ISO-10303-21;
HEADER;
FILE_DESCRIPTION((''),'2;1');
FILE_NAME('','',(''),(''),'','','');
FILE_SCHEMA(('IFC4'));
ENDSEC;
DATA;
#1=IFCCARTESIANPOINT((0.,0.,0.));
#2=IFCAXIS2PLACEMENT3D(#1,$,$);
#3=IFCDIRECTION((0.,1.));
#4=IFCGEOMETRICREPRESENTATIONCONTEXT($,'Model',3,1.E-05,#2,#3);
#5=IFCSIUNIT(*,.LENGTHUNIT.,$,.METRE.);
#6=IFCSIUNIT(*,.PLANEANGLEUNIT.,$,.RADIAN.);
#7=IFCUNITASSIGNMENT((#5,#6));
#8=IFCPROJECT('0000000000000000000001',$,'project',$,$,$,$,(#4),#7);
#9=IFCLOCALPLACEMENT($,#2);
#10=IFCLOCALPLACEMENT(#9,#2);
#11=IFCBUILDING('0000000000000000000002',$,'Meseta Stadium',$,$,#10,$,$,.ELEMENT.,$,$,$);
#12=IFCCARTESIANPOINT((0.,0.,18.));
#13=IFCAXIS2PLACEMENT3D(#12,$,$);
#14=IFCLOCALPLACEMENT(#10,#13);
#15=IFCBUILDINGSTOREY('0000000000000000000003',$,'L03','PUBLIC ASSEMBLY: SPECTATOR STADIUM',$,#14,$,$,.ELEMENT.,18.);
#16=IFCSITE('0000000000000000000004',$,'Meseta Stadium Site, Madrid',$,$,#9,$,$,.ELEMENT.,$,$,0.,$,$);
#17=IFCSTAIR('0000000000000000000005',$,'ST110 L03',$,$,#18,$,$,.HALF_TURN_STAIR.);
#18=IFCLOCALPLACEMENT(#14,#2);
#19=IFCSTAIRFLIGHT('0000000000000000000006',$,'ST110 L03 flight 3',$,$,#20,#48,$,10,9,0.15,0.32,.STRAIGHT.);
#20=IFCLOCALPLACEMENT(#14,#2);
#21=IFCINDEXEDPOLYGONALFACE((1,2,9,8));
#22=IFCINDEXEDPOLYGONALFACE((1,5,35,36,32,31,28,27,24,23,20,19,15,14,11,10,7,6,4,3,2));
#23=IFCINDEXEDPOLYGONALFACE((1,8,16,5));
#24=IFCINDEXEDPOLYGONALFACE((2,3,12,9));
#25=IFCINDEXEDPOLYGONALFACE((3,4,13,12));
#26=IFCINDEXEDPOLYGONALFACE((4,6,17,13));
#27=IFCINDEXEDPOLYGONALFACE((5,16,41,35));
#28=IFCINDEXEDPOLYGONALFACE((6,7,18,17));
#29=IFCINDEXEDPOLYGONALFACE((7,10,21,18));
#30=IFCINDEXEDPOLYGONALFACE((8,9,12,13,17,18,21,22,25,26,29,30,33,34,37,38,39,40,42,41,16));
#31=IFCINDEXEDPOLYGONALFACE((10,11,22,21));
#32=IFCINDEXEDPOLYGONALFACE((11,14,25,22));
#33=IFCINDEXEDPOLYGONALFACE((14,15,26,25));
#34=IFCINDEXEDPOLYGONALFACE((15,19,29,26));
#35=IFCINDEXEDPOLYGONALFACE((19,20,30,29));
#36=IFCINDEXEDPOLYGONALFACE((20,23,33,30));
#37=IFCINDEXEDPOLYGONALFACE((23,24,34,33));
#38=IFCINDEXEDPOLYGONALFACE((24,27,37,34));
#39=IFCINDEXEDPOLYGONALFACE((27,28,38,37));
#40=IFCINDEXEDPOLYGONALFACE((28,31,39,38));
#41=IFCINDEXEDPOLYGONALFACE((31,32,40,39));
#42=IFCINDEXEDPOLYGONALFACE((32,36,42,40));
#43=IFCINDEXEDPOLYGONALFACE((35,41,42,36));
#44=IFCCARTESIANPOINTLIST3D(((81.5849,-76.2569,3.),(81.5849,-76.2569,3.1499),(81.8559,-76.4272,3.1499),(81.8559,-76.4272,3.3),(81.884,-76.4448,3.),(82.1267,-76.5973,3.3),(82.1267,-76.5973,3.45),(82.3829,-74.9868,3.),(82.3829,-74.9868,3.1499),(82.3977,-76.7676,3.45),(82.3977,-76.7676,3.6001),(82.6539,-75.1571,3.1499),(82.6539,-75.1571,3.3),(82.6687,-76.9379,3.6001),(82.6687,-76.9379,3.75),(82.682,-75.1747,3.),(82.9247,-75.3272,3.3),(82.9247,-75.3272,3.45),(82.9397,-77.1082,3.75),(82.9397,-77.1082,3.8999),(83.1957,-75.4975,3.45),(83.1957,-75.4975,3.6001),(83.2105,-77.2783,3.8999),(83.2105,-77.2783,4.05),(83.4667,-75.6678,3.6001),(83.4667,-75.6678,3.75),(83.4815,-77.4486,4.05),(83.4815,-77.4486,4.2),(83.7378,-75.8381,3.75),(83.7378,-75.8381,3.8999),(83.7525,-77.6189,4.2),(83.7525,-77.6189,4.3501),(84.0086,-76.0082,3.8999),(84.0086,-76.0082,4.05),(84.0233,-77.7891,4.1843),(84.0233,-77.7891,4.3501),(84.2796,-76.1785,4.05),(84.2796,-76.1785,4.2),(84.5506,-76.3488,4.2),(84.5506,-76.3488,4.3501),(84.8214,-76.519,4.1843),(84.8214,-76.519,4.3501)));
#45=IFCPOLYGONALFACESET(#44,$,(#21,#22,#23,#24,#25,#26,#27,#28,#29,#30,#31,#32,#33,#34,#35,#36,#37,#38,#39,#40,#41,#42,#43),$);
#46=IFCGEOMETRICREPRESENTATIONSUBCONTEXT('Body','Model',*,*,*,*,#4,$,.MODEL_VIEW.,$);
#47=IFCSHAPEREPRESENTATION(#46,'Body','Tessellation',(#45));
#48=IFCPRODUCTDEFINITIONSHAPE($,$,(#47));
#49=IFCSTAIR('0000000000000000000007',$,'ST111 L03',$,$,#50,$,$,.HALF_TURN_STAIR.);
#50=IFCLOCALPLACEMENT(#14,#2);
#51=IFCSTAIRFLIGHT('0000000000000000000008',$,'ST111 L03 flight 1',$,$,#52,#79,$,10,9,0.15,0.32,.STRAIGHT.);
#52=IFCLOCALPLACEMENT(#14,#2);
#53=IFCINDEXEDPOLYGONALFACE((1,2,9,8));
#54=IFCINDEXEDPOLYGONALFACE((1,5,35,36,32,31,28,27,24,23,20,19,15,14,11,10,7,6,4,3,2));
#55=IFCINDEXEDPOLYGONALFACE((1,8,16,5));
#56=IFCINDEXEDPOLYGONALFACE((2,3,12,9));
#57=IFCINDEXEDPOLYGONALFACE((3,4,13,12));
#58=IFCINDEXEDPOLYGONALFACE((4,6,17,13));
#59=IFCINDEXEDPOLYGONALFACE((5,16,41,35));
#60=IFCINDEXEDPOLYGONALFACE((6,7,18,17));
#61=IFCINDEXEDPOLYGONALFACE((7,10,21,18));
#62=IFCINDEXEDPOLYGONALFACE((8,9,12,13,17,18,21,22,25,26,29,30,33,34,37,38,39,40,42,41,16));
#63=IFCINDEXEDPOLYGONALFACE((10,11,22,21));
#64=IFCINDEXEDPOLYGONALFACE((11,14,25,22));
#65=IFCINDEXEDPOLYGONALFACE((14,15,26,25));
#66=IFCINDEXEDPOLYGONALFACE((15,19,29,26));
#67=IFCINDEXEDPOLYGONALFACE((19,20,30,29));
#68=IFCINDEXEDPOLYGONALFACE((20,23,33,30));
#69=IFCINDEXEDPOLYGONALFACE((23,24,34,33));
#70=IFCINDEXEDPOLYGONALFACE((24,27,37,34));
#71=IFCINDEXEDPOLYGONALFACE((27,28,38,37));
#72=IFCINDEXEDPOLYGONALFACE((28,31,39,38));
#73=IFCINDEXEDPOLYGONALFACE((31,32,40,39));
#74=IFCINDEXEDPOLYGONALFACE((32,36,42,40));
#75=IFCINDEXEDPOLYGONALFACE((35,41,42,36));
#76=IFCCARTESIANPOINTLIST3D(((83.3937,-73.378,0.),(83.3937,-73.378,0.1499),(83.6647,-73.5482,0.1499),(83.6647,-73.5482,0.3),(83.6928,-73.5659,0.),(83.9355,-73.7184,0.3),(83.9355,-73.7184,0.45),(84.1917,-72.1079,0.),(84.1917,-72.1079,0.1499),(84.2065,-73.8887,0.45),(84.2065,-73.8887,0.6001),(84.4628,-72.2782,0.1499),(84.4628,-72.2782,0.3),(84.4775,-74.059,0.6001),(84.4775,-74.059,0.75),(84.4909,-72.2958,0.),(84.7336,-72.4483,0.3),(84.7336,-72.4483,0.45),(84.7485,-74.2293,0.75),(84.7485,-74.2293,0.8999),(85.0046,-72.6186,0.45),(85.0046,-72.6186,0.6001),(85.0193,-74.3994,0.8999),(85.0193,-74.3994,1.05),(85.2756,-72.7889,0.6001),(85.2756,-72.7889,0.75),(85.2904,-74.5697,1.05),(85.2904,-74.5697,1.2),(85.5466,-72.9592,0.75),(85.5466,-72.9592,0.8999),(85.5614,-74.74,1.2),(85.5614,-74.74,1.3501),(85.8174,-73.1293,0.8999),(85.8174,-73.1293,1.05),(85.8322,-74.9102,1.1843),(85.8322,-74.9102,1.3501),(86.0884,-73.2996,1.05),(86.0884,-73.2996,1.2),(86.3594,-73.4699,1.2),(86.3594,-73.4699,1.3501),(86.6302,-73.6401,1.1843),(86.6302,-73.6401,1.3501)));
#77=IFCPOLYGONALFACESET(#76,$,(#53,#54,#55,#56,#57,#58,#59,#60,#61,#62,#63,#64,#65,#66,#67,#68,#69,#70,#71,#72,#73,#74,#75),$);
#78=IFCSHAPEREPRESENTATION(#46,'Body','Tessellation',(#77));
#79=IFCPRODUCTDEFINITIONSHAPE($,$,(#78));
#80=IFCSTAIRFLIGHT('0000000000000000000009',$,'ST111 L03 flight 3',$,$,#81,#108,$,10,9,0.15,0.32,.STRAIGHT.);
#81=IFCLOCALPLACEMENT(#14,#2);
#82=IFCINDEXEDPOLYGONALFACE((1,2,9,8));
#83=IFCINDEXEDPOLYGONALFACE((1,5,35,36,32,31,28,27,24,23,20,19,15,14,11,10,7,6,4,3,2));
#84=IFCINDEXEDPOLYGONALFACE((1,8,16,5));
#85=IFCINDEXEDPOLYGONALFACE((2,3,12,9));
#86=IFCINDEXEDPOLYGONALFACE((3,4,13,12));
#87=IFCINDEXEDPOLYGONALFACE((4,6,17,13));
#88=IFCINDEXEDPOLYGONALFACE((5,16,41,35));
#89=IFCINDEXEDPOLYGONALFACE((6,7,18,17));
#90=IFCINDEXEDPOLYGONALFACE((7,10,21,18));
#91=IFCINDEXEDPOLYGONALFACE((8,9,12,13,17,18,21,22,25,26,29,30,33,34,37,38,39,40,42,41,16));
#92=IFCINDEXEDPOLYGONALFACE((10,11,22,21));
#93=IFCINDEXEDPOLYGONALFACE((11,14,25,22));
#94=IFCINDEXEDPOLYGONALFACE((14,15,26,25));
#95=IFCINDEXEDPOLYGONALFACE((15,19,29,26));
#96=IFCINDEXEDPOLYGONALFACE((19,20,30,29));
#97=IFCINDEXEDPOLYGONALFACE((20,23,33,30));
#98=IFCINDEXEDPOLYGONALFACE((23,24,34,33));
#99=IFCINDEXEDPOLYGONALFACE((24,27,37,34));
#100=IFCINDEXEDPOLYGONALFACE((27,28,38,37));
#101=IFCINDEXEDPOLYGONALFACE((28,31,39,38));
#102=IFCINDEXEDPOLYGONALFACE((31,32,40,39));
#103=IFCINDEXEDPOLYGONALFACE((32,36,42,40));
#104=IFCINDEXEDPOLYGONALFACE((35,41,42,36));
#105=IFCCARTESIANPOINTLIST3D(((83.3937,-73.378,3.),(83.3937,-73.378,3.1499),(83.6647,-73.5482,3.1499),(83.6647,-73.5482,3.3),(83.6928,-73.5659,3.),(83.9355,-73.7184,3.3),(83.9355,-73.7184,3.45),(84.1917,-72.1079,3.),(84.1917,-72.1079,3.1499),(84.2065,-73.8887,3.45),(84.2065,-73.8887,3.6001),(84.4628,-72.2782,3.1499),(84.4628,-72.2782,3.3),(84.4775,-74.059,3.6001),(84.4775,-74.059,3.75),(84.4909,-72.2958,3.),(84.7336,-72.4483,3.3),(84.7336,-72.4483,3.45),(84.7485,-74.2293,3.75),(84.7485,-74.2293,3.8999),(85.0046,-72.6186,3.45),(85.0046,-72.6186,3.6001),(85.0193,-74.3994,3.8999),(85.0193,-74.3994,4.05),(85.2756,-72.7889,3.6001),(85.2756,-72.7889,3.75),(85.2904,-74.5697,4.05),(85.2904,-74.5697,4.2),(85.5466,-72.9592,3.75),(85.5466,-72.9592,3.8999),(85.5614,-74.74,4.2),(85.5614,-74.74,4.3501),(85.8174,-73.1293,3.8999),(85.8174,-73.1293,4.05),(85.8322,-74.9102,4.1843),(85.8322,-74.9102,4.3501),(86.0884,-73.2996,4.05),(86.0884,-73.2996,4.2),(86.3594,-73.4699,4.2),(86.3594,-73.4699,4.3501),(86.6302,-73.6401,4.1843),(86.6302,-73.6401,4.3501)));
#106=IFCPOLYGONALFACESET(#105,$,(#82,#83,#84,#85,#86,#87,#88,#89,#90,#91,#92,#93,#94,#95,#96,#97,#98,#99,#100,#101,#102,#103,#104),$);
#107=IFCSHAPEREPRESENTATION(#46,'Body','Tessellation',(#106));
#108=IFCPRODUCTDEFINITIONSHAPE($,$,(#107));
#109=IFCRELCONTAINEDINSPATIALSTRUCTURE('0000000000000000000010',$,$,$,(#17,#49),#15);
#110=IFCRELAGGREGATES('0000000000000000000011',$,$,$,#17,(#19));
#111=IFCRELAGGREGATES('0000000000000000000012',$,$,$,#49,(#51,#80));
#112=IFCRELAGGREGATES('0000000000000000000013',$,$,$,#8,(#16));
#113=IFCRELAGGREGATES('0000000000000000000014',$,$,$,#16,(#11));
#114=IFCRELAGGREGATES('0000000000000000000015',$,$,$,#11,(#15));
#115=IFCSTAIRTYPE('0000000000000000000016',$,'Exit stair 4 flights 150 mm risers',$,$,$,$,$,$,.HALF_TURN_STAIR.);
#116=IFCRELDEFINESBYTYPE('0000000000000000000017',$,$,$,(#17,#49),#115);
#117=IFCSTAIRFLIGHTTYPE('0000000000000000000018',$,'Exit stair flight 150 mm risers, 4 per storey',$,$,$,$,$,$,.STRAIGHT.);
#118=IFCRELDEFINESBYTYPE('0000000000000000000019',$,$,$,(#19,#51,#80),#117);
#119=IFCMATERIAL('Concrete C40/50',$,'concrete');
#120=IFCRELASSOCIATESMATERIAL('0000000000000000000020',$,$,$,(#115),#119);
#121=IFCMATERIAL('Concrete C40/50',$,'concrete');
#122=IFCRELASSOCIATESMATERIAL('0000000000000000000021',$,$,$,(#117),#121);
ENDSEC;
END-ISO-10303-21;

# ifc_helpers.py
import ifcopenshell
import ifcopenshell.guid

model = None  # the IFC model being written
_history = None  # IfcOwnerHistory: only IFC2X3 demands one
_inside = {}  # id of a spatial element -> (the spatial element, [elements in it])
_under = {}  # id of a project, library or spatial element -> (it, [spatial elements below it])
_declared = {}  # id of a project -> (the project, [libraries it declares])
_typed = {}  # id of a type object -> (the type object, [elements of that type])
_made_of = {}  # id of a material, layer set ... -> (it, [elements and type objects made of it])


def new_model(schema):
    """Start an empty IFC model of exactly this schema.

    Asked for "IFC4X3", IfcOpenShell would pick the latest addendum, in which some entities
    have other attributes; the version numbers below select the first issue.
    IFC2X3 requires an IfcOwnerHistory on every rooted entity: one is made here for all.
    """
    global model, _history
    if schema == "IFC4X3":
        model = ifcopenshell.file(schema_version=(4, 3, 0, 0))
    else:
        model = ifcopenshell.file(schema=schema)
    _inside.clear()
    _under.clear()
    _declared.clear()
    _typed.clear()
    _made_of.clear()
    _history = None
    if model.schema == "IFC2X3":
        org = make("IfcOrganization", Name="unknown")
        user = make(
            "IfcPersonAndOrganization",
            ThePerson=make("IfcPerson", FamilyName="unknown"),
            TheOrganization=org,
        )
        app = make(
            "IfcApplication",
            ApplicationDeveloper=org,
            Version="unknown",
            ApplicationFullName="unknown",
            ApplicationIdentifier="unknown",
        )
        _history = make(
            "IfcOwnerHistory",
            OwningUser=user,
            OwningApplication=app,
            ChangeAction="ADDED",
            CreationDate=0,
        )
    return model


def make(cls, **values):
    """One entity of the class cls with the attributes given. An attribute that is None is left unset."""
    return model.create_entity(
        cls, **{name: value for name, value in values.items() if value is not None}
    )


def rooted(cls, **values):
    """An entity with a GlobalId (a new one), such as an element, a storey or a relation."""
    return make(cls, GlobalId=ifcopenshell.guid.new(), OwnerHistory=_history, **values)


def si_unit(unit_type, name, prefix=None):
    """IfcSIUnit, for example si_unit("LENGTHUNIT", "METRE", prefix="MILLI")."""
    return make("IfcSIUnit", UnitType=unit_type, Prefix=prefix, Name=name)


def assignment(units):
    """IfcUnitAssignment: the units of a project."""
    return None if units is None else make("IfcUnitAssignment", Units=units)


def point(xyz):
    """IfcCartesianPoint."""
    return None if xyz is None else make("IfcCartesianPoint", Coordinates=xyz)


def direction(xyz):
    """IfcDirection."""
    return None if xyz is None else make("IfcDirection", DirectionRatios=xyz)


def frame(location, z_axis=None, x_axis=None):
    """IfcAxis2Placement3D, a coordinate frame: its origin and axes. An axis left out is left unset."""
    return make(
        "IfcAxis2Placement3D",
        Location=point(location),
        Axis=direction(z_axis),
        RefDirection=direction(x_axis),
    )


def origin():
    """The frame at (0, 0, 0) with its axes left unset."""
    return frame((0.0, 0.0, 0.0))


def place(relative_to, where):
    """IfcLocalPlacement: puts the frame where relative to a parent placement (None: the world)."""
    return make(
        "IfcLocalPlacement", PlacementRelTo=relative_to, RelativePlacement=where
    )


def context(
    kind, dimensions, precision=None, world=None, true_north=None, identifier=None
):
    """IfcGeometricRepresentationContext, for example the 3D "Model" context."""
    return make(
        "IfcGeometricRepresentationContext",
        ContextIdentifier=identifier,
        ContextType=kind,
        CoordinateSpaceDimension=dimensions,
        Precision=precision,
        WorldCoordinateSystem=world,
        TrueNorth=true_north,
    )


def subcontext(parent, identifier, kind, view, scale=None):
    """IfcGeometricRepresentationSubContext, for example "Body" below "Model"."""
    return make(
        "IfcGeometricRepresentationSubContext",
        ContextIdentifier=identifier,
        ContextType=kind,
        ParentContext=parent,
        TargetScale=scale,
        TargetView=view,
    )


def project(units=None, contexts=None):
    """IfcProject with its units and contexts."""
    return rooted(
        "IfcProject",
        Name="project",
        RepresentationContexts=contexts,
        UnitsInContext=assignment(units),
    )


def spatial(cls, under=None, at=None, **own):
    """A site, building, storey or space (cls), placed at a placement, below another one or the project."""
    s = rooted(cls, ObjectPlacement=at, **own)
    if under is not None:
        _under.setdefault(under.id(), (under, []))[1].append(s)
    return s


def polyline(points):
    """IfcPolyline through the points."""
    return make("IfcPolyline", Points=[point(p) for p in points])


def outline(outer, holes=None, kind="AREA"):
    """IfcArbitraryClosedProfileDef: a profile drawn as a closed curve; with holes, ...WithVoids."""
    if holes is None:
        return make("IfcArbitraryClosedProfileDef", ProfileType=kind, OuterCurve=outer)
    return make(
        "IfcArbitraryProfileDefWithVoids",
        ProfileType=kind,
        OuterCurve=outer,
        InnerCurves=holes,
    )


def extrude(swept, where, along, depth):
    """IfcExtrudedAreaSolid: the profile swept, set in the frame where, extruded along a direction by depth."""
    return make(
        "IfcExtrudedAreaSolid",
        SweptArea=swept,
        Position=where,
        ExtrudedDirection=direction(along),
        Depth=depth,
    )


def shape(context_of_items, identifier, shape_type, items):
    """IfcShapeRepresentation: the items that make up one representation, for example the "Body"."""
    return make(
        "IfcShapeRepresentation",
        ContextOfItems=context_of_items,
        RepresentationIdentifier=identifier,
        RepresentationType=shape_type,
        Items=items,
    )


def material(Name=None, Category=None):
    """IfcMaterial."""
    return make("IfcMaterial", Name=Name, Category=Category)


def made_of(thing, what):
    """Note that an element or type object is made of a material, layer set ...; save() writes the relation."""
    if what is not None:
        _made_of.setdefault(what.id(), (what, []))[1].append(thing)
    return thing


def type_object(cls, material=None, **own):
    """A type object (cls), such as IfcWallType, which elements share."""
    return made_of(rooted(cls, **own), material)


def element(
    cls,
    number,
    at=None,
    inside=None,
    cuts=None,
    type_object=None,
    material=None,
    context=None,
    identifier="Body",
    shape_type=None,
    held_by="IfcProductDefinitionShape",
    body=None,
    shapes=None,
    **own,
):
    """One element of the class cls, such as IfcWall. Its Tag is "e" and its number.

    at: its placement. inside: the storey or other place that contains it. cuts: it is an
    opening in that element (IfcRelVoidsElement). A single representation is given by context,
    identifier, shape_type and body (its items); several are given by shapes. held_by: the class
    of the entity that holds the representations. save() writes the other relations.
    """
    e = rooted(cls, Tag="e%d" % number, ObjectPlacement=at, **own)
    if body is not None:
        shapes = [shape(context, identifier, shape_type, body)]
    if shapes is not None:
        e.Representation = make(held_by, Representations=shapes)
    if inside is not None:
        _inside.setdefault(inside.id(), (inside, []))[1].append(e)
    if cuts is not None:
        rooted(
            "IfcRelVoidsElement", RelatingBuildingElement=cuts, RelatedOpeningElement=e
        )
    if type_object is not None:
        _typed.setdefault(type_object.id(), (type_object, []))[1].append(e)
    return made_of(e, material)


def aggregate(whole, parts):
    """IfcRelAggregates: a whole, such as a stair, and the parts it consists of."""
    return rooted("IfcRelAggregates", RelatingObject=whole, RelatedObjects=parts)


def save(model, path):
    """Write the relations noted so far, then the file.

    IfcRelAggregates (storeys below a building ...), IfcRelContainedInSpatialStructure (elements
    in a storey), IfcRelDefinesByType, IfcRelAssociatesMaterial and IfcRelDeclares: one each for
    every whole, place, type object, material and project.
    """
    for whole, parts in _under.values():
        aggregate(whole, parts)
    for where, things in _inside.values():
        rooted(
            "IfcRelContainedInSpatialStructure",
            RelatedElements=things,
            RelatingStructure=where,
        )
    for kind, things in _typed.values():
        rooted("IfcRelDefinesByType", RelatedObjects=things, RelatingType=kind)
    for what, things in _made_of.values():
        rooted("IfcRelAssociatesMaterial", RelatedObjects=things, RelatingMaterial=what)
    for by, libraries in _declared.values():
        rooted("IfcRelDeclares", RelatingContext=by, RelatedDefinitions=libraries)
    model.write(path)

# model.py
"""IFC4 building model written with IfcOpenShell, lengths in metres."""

from ifc_helpers import new_model, si_unit, direction, frame, origin, place, context, subcontext, project, spatial, polyline, outline, extrude, material, type_object, element, aggregate, save


model = new_model("IFC4")

# Units and contexts
model_context = context("Model", 3, precision=1e-05, world=origin(), true_north=direction((0.0, 1.0)))
body_context = subcontext(model_context, "Body", "Model", "MODEL_VIEW")
ifc_project = project(units=[si_unit("LENGTHUNIT", "METRE"), si_unit("PLANEANGLEUNIT", "RADIAN")], contexts=[model_context])

# Site, building, storey
site_placement = place(None, origin())
site = spatial("IfcSite", under=ifc_project, at=site_placement, Name="Meseta Stadium Site, Madrid", CompositionType="ELEMENT", RefElevation=0.0)
building_placement = place(site_placement, origin())
building = spatial("IfcBuilding", under=site, at=building_placement, Name="Meseta Stadium", CompositionType="ELEMENT")
storey_placement = place(building_placement, frame((0.0, 0.0, 18.0)))
storey = spatial("IfcBuildingStorey", under=building, at=storey_placement, Name="L03", Description="PUBLIC ASSEMBLY: SPECTATOR STADIUM", CompositionType="ELEMENT", Elevation=18.0)

# Stairs, stair flights
ifc_material_1 = material(Name="Concrete C40/50", Category="concrete")
stair_type = type_object("IfcStairType", Name="Exit stair 4 flights 150 mm risers", PredefinedType="HALF_TURN_STAIR", material=ifc_material_1)
stair_1_placement = place(storey_placement, origin())
stair_1 = element("IfcStair", 1, at=stair_1_placement, inside=storey, type_object=stair_type, Name="ST110 L03", PredefinedType="HALF_TURN_STAIR")
ifc_material_2 = material(Name="Concrete C40/50", Category="concrete")
stair_flight_type = type_object("IfcStairFlightType", Name="Exit stair flight 150 mm risers, 4 per storey", PredefinedType="STRAIGHT", material=ifc_material_2)
stair_flight_1_placement = place(storey_placement, frame((81.9839, -75.6218, 3.0), z_axis=(0.0, 0.0, 1.0), x_axis=(0.846724, -0.532032, 0.0)))
stair_flight_1 = element("IfcStairFlight", 2, at=stair_flight_1_placement, type_object=stair_flight_type, Name="ST110 L03 flight 3", NumberOfRisers=10, NumberOfTreads=9, PredefinedType="STRAIGHT", RiserHeight=0.15, TreadLength=0.32, context=body_context, shape_type="SweptSolid", body=[
    extrude(outline(polyline([(0.0, 0.0), (0.0, 0.1499), (0.3201, 0.1499), (0.3201, 0.3), (0.6399, 0.3), (0.6399, 0.45), (0.96, 0.45), (0.96, 0.6001), (1.28, 0.6001), (1.28, 0.75), (1.6001, 0.75), (1.6001, 0.8999), (1.9199, 0.8999), (1.9199, 1.05), (2.24, 1.05), (2.24, 1.2), (2.5601, 1.2), (2.5601, 1.3501), (2.8799, 1.3501), (2.8799, 1.1843), (0.3533, 0.0), (0.0, 0.0)])), frame((0.0, 0.75, 0.0), z_axis=(0.0, -1.0, 0.0), x_axis=(1.0, 0.0, 0.0)), (0.0, 0.0, 1.0), 1.5),
])
aggregate(stair_1, [stair_flight_1])
stair_2_placement = place(storey_placement, origin())
stair_2 = element("IfcStair", 3, at=stair_2_placement, inside=storey, type_object=stair_type, Name="ST111 L03", PredefinedType="HALF_TURN_STAIR")
stair_flight_2_placement = place(storey_placement, frame((83.7927, -72.7429, 0.0), z_axis=(0.0, 0.0, 1.0), x_axis=(0.846724, -0.532032, 0.0)))
stair_flight_2 = element("IfcStairFlight", 4, at=stair_flight_2_placement, type_object=stair_flight_type, Name="ST111 L03 flight 1", NumberOfRisers=10, NumberOfTreads=9, PredefinedType="STRAIGHT", RiserHeight=0.15, TreadLength=0.32, context=body_context, shape_type="SweptSolid", body=[
    extrude(outline(polyline([(0.0, 0.0), (0.0, 0.1499), (0.3201, 0.1499), (0.3201, 0.3), (0.6399, 0.3), (0.6399, 0.45), (0.96, 0.45), (0.96, 0.6001), (1.28, 0.6001), (1.28, 0.75), (1.6001, 0.75), (1.6001, 0.8999), (1.9199, 0.8999), (1.9199, 1.05), (2.24, 1.05), (2.24, 1.2), (2.5601, 1.2), (2.5601, 1.3501), (2.8799, 1.3501), (2.8799, 1.1843), (0.3533, 0.0), (0.0, 0.0)])), frame((0.0, 0.75, 0.0), z_axis=(0.0, -1.0, 0.0), x_axis=(1.0, 0.0, 0.0)), (0.0, 0.0, 1.0), 1.5),
])
stair_flight_3_placement = place(storey_placement, frame((83.7927, -72.7429, 3.0), z_axis=(0.0, 0.0, 1.0), x_axis=(0.846724, -0.532032, 0.0)))
stair_flight_3 = element("IfcStairFlight", 5, at=stair_flight_3_placement, type_object=stair_flight_type, Name="ST111 L03 flight 3", NumberOfRisers=10, NumberOfTreads=9, PredefinedType="STRAIGHT", RiserHeight=0.15, TreadLength=0.32, context=body_context, shape_type="SweptSolid", body=[
    extrude(outline(polyline([(0.0, 0.0), (0.0, 0.1499), (0.3201, 0.1499), (0.3201, 0.3), (0.6399, 0.3), (0.6399, 0.45), (0.96, 0.45), (0.96, 0.6001), (1.28, 0.6001), (1.28, 0.75), (1.6001, 0.75), (1.6001, 0.8999), (1.9199, 0.8999), (1.9199, 1.05), (2.24, 1.05), (2.24, 1.2), (2.5601, 1.2), (2.5601, 1.3501), (2.8799, 1.3501), (2.8799, 1.1843), (0.3533, 0.0), (0.0, 0.0)])), frame((0.0, 0.75, 0.0), z_axis=(0.0, -1.0, 0.0), x_axis=(1.0, 0.0, 0.0)), (0.0, 0.0, 1.0), 1.5),
])
aggregate(stair_2, [stair_flight_2, stair_flight_3])

save(model, "model.ifc")
